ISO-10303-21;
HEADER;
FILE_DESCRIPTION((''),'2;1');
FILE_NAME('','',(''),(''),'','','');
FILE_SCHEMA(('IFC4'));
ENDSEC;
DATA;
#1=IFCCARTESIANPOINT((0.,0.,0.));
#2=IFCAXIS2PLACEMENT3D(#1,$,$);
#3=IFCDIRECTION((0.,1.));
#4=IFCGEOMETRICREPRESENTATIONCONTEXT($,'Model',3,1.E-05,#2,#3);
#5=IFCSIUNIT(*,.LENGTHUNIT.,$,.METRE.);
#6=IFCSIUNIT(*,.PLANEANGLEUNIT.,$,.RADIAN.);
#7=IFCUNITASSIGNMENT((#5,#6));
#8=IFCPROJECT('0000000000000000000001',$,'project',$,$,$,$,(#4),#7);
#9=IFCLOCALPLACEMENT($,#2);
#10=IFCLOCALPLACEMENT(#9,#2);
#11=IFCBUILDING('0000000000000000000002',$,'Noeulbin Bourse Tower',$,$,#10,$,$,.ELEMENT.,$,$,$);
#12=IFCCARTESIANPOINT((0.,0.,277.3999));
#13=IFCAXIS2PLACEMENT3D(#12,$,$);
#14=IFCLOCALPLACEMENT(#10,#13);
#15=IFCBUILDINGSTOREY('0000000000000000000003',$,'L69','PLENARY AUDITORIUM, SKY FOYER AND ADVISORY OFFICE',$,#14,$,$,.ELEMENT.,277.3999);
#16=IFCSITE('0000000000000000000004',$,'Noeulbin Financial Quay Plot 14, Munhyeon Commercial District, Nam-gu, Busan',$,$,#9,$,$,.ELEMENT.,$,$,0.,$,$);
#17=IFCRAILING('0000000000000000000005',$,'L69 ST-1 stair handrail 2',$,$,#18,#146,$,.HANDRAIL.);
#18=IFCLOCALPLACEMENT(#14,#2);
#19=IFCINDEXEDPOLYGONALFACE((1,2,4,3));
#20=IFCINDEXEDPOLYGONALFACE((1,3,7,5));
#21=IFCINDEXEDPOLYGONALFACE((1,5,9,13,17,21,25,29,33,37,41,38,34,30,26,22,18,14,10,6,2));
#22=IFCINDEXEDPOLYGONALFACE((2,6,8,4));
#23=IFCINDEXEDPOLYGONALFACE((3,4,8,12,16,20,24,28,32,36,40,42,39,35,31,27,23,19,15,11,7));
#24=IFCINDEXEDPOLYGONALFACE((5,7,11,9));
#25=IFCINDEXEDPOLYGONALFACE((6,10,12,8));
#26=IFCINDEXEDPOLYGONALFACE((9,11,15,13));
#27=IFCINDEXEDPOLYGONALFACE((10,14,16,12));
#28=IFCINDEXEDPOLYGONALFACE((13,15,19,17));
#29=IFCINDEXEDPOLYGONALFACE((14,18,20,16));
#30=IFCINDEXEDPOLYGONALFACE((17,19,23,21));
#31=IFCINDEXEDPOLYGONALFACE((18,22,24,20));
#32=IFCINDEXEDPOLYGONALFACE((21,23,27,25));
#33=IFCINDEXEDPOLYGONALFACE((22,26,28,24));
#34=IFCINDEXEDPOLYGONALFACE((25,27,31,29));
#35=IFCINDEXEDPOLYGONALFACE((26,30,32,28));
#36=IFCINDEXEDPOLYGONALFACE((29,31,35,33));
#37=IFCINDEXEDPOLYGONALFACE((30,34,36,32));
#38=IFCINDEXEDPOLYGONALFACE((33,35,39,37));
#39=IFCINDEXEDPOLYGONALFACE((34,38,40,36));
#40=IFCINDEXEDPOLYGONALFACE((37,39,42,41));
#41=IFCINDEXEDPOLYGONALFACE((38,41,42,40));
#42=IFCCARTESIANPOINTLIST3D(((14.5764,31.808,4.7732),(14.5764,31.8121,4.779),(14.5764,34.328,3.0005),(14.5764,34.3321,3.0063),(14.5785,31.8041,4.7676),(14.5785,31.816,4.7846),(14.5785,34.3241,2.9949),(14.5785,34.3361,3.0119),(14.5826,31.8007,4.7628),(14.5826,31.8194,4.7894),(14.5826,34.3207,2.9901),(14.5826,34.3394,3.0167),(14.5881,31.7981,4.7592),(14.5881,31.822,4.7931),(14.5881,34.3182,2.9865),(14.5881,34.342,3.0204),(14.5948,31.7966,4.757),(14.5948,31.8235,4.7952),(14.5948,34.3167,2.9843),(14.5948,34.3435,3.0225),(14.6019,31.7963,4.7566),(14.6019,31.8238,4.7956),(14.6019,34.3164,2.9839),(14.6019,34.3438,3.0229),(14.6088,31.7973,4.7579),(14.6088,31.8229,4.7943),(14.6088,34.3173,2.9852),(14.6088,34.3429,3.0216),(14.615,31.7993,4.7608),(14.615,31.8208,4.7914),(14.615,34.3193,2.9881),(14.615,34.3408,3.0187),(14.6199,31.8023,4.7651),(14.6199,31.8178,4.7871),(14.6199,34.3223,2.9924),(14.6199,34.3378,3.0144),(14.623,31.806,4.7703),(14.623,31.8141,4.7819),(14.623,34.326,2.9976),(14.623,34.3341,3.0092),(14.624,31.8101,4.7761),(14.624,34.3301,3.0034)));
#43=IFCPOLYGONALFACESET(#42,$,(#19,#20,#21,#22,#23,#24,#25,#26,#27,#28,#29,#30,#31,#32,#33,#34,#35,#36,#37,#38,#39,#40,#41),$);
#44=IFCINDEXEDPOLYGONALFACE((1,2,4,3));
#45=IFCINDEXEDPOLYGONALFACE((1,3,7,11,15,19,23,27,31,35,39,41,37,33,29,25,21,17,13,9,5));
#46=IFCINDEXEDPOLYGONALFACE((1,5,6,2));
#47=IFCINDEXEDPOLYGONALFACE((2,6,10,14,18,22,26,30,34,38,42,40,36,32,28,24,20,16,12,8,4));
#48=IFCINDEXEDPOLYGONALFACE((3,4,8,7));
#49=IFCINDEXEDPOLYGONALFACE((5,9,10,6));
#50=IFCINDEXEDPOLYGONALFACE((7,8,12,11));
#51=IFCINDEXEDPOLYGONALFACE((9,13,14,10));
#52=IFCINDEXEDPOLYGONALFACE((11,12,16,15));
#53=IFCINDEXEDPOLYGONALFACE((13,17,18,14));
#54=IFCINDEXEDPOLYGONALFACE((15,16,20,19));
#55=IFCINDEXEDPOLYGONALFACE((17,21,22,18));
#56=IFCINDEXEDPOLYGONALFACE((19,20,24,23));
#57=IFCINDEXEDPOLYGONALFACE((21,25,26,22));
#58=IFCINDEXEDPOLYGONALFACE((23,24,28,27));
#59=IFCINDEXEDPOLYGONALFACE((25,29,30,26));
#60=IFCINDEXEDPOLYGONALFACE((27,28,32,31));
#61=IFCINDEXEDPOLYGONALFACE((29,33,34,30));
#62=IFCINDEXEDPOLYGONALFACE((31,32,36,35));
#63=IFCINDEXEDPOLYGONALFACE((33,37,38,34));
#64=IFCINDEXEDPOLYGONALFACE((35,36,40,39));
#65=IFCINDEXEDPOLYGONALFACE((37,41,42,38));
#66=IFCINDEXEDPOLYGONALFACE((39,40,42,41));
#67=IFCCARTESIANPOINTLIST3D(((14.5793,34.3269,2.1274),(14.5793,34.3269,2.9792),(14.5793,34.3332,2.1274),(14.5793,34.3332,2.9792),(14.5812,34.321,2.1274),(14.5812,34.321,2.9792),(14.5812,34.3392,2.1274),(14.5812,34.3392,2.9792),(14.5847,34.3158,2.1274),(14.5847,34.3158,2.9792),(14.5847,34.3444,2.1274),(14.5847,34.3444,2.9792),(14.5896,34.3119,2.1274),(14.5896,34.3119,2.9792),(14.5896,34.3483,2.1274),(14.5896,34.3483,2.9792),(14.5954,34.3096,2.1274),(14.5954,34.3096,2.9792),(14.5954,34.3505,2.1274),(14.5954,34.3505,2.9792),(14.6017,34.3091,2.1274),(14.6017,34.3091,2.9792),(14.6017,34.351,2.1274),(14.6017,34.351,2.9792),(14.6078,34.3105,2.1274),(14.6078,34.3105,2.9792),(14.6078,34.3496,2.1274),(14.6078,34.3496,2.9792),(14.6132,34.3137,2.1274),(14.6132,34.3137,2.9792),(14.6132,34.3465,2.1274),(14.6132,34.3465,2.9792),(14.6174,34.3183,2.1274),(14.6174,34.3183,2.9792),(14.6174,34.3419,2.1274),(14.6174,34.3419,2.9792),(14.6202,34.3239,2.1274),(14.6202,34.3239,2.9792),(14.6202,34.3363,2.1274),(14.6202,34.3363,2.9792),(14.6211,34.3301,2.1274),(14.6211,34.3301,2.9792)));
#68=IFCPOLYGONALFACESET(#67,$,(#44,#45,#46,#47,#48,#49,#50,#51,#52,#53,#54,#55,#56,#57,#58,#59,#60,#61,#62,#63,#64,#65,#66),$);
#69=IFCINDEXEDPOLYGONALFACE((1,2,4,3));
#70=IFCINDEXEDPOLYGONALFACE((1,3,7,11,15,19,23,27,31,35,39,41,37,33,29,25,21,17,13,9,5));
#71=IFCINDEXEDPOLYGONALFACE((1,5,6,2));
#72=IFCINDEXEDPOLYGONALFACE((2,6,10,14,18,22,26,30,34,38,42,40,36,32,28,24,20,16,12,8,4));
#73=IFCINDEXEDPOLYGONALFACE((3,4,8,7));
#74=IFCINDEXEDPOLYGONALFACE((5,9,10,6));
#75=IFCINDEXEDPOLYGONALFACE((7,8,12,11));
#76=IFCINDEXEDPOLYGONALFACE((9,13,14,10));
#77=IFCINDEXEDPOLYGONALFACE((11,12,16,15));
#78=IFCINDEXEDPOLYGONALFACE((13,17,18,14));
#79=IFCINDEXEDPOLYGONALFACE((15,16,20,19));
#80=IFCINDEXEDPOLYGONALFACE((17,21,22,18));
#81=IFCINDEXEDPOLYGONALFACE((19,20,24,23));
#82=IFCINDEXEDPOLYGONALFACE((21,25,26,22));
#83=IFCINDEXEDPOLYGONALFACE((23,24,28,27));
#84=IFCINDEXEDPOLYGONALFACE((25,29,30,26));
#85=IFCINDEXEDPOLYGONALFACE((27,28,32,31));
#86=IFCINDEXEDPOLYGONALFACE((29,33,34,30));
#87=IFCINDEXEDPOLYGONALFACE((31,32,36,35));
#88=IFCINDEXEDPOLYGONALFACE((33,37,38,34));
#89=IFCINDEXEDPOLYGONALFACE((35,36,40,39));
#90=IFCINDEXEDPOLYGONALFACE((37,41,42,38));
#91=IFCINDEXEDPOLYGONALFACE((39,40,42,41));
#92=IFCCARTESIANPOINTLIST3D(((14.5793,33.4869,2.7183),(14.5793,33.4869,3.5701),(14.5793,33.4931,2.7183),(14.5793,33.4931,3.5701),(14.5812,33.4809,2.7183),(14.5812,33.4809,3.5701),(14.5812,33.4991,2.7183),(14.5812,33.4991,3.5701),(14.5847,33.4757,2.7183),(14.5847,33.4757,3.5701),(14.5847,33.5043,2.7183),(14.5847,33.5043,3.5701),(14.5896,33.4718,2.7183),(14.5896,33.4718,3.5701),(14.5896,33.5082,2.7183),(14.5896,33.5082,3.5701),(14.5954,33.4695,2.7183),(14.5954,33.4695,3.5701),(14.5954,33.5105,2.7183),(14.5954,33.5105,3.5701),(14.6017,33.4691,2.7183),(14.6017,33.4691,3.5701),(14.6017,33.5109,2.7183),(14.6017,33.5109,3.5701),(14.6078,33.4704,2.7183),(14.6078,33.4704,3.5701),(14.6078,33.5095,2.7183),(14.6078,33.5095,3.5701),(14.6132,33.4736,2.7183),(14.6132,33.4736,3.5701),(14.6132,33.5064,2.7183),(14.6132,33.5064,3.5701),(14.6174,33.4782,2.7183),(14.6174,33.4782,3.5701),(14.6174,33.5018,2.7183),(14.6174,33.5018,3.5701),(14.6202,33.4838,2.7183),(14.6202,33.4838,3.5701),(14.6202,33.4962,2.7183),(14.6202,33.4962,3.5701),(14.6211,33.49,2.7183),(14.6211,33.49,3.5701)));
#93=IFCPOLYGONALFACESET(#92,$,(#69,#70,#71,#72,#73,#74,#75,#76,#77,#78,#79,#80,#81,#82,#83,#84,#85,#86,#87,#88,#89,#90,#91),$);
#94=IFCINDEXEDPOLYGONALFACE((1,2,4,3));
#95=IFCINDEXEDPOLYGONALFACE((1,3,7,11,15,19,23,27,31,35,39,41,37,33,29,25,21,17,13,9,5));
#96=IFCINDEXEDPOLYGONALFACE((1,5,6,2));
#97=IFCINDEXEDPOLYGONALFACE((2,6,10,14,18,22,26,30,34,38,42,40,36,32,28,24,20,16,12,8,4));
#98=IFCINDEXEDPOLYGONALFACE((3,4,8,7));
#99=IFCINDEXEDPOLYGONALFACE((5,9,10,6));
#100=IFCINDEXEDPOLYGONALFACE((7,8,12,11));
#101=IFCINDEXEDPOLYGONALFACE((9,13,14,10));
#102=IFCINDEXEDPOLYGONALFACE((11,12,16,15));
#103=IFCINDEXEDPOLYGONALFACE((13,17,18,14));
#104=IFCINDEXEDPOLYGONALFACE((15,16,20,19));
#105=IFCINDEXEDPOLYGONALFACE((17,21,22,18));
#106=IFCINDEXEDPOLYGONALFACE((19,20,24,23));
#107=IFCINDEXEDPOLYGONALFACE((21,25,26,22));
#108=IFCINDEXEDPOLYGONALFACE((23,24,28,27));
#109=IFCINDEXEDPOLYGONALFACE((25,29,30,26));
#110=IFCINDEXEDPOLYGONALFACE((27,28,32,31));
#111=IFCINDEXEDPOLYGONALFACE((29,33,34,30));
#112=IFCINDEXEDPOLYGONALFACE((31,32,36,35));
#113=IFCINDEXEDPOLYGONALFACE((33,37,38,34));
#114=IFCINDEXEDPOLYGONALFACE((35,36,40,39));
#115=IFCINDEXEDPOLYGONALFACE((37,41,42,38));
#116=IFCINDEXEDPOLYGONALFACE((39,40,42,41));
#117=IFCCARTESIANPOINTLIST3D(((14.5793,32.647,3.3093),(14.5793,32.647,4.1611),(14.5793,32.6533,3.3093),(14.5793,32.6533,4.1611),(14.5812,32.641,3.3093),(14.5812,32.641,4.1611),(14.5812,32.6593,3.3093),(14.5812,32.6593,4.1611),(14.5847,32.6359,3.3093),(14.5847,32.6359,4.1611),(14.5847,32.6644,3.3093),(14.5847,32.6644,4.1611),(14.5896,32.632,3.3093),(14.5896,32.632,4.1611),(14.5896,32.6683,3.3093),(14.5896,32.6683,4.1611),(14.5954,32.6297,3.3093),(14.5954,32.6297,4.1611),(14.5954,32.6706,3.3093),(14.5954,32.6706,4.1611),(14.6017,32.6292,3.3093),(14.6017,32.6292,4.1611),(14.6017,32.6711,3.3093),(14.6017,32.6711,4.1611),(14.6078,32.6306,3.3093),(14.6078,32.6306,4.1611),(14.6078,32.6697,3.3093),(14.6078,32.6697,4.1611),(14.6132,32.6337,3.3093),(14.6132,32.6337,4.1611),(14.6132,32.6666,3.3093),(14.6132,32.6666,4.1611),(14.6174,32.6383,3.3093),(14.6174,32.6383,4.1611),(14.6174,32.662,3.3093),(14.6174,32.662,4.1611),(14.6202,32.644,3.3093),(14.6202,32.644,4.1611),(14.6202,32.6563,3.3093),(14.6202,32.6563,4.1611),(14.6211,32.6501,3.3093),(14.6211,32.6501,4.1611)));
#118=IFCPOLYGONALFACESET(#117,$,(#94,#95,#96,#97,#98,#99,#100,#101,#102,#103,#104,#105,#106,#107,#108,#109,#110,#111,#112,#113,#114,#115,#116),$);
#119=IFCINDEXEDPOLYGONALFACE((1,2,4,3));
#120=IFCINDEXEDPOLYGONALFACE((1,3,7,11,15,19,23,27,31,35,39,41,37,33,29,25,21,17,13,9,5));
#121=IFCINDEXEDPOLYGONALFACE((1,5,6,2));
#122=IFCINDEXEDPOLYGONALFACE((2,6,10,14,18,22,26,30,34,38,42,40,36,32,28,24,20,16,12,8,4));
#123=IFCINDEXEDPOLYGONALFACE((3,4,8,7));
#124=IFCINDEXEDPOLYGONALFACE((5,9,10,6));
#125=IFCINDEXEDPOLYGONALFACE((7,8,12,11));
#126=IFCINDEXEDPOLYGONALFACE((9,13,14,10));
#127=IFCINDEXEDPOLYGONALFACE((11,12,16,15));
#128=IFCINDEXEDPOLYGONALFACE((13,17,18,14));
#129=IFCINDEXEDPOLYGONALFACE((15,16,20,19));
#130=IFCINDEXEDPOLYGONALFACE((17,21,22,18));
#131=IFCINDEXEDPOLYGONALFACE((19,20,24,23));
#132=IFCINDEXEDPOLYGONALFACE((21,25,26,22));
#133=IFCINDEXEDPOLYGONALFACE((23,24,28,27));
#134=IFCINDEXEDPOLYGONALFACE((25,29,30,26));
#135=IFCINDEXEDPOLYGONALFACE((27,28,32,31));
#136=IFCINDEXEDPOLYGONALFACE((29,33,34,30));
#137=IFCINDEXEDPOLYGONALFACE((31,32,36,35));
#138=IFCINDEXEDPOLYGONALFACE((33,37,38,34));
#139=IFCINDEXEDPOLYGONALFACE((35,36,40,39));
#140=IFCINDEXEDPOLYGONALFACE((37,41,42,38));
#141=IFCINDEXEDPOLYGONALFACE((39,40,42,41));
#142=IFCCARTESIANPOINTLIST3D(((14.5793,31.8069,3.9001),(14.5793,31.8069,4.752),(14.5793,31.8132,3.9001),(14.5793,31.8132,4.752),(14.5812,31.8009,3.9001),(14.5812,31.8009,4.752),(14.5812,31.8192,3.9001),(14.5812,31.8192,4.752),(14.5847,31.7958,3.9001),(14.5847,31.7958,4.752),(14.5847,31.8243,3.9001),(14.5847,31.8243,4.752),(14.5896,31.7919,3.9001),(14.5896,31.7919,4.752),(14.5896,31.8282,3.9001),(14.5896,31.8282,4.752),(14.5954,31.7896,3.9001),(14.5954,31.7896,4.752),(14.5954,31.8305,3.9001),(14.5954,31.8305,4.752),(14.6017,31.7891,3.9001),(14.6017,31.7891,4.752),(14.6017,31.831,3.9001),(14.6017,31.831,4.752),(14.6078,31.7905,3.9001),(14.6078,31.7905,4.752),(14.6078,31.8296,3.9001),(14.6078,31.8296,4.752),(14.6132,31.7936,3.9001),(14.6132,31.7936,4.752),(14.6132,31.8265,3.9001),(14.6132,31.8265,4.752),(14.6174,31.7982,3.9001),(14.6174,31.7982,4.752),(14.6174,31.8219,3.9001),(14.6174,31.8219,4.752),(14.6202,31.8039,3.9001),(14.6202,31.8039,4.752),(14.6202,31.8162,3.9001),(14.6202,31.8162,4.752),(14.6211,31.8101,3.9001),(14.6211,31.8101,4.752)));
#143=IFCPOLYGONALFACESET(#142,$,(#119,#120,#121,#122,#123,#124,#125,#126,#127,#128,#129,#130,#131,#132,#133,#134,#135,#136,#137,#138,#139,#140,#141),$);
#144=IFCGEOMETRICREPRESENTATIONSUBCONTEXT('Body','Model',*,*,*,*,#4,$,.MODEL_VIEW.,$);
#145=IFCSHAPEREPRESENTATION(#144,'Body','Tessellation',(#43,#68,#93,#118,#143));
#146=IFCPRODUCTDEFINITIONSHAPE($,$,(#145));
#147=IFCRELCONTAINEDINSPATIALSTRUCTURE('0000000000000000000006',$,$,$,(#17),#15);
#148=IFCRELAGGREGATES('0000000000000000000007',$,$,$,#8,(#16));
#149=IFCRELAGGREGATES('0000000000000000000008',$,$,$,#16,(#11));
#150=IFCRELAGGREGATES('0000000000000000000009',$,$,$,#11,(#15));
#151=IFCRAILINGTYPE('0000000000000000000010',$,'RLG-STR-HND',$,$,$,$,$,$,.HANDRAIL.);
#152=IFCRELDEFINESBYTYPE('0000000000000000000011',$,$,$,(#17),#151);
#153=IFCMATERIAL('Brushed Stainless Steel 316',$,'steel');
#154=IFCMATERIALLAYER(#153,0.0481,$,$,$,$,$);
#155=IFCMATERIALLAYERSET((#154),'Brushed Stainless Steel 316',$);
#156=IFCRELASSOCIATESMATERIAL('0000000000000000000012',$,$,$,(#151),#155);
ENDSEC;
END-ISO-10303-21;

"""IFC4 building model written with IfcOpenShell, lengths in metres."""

from ifc_helpers import new_model, si_unit, direction, frame, origin, origin_2d, place, context, subcontext, project, spatial, circle, extrude, material, layer, layer_set, type_object, element, save


model = new_model("IFC4")

# Units and contexts
model_context = context("Model", 3, precision=1e-05, world=origin(), true_north=direction((0.0, 1.0)))
body_context = subcontext(model_context, "Body", "Model", "MODEL_VIEW")
ifc_project = project(units=[si_unit("LENGTHUNIT", "METRE"), si_unit("PLANEANGLEUNIT", "RADIAN")], contexts=[model_context])

# Site, building, storey
site_placement = place(None, origin())
site = spatial("IfcSite", under=ifc_project, at=site_placement, Name="Noeulbin Financial Quay Plot 14, Munhyeon Commercial District, Nam-gu, Busan", CompositionType="ELEMENT", RefElevation=0.0)
building_placement = place(site_placement, origin())
building = spatial("IfcBuilding", under=site, at=building_placement, Name="Noeulbin Bourse Tower", CompositionType="ELEMENT")
storey_placement = place(building_placement, frame((0.0, 0.0, 277.3999)))
storey = spatial("IfcBuildingStorey", under=building, at=storey_placement, Name="L69", Description="PLENARY AUDITORIUM, SKY FOYER AND ADVISORY OFFICE", CompositionType="ELEMENT", Elevation=277.3999)

# Railing
ifc_material_1 = material(Name="Brushed Stainless Steel 316", Category="steel")
ifc_layer_1 = layer(ifc_material_1, 0.0481)
ifc_layer_set_1 = layer_set([ifc_layer_1], Name="Brushed Stainless Steel 316")
railing_type = type_object("IfcRailingType", Name="RLG-STR-HND", PredefinedType="HANDRAIL", material=ifc_layer_set_1)
railing_placement = place(storey_placement, frame((14.6001, 34.3301, 2.1274)))
element("IfcRailing", 1, at=railing_placement, inside=storey, type_object=railing_type, Name="L69 ST-1 stair handrail 2", PredefinedType="HANDRAIL", context=body_context, shape_type="SweptSolid", body=[
    extrude(circle(Radius=0.0239, at=origin_2d()), frame((0.0, 0.0, 0.876), z_axis=(0.0, -0.817904, 0.575354), x_axis=(1.0, 0.0, 0.0)), (0.0, 0.0, 1.0), 3.0811),
    extrude(circle(Radius=0.021, at=origin_2d()), origin(), (0.0, 0.0, 1.0), 0.8518),
    extrude(circle(Radius=0.021, at=origin_2d()), frame((0.0, -0.8401, 0.5908)), (0.0, 0.0, 1.0), 0.8518),
    extrude(circle(Radius=0.021, at=origin_2d()), frame((0.0, -1.6799, 1.1819)), (0.0, 0.0, 1.0), 0.8518),
    extrude(circle(Radius=0.021, at=origin_2d()), frame((0.0, -2.52, 1.7727)), (0.0, 0.0, 1.0), 0.8518),
])

save(model, "model.ifc")
